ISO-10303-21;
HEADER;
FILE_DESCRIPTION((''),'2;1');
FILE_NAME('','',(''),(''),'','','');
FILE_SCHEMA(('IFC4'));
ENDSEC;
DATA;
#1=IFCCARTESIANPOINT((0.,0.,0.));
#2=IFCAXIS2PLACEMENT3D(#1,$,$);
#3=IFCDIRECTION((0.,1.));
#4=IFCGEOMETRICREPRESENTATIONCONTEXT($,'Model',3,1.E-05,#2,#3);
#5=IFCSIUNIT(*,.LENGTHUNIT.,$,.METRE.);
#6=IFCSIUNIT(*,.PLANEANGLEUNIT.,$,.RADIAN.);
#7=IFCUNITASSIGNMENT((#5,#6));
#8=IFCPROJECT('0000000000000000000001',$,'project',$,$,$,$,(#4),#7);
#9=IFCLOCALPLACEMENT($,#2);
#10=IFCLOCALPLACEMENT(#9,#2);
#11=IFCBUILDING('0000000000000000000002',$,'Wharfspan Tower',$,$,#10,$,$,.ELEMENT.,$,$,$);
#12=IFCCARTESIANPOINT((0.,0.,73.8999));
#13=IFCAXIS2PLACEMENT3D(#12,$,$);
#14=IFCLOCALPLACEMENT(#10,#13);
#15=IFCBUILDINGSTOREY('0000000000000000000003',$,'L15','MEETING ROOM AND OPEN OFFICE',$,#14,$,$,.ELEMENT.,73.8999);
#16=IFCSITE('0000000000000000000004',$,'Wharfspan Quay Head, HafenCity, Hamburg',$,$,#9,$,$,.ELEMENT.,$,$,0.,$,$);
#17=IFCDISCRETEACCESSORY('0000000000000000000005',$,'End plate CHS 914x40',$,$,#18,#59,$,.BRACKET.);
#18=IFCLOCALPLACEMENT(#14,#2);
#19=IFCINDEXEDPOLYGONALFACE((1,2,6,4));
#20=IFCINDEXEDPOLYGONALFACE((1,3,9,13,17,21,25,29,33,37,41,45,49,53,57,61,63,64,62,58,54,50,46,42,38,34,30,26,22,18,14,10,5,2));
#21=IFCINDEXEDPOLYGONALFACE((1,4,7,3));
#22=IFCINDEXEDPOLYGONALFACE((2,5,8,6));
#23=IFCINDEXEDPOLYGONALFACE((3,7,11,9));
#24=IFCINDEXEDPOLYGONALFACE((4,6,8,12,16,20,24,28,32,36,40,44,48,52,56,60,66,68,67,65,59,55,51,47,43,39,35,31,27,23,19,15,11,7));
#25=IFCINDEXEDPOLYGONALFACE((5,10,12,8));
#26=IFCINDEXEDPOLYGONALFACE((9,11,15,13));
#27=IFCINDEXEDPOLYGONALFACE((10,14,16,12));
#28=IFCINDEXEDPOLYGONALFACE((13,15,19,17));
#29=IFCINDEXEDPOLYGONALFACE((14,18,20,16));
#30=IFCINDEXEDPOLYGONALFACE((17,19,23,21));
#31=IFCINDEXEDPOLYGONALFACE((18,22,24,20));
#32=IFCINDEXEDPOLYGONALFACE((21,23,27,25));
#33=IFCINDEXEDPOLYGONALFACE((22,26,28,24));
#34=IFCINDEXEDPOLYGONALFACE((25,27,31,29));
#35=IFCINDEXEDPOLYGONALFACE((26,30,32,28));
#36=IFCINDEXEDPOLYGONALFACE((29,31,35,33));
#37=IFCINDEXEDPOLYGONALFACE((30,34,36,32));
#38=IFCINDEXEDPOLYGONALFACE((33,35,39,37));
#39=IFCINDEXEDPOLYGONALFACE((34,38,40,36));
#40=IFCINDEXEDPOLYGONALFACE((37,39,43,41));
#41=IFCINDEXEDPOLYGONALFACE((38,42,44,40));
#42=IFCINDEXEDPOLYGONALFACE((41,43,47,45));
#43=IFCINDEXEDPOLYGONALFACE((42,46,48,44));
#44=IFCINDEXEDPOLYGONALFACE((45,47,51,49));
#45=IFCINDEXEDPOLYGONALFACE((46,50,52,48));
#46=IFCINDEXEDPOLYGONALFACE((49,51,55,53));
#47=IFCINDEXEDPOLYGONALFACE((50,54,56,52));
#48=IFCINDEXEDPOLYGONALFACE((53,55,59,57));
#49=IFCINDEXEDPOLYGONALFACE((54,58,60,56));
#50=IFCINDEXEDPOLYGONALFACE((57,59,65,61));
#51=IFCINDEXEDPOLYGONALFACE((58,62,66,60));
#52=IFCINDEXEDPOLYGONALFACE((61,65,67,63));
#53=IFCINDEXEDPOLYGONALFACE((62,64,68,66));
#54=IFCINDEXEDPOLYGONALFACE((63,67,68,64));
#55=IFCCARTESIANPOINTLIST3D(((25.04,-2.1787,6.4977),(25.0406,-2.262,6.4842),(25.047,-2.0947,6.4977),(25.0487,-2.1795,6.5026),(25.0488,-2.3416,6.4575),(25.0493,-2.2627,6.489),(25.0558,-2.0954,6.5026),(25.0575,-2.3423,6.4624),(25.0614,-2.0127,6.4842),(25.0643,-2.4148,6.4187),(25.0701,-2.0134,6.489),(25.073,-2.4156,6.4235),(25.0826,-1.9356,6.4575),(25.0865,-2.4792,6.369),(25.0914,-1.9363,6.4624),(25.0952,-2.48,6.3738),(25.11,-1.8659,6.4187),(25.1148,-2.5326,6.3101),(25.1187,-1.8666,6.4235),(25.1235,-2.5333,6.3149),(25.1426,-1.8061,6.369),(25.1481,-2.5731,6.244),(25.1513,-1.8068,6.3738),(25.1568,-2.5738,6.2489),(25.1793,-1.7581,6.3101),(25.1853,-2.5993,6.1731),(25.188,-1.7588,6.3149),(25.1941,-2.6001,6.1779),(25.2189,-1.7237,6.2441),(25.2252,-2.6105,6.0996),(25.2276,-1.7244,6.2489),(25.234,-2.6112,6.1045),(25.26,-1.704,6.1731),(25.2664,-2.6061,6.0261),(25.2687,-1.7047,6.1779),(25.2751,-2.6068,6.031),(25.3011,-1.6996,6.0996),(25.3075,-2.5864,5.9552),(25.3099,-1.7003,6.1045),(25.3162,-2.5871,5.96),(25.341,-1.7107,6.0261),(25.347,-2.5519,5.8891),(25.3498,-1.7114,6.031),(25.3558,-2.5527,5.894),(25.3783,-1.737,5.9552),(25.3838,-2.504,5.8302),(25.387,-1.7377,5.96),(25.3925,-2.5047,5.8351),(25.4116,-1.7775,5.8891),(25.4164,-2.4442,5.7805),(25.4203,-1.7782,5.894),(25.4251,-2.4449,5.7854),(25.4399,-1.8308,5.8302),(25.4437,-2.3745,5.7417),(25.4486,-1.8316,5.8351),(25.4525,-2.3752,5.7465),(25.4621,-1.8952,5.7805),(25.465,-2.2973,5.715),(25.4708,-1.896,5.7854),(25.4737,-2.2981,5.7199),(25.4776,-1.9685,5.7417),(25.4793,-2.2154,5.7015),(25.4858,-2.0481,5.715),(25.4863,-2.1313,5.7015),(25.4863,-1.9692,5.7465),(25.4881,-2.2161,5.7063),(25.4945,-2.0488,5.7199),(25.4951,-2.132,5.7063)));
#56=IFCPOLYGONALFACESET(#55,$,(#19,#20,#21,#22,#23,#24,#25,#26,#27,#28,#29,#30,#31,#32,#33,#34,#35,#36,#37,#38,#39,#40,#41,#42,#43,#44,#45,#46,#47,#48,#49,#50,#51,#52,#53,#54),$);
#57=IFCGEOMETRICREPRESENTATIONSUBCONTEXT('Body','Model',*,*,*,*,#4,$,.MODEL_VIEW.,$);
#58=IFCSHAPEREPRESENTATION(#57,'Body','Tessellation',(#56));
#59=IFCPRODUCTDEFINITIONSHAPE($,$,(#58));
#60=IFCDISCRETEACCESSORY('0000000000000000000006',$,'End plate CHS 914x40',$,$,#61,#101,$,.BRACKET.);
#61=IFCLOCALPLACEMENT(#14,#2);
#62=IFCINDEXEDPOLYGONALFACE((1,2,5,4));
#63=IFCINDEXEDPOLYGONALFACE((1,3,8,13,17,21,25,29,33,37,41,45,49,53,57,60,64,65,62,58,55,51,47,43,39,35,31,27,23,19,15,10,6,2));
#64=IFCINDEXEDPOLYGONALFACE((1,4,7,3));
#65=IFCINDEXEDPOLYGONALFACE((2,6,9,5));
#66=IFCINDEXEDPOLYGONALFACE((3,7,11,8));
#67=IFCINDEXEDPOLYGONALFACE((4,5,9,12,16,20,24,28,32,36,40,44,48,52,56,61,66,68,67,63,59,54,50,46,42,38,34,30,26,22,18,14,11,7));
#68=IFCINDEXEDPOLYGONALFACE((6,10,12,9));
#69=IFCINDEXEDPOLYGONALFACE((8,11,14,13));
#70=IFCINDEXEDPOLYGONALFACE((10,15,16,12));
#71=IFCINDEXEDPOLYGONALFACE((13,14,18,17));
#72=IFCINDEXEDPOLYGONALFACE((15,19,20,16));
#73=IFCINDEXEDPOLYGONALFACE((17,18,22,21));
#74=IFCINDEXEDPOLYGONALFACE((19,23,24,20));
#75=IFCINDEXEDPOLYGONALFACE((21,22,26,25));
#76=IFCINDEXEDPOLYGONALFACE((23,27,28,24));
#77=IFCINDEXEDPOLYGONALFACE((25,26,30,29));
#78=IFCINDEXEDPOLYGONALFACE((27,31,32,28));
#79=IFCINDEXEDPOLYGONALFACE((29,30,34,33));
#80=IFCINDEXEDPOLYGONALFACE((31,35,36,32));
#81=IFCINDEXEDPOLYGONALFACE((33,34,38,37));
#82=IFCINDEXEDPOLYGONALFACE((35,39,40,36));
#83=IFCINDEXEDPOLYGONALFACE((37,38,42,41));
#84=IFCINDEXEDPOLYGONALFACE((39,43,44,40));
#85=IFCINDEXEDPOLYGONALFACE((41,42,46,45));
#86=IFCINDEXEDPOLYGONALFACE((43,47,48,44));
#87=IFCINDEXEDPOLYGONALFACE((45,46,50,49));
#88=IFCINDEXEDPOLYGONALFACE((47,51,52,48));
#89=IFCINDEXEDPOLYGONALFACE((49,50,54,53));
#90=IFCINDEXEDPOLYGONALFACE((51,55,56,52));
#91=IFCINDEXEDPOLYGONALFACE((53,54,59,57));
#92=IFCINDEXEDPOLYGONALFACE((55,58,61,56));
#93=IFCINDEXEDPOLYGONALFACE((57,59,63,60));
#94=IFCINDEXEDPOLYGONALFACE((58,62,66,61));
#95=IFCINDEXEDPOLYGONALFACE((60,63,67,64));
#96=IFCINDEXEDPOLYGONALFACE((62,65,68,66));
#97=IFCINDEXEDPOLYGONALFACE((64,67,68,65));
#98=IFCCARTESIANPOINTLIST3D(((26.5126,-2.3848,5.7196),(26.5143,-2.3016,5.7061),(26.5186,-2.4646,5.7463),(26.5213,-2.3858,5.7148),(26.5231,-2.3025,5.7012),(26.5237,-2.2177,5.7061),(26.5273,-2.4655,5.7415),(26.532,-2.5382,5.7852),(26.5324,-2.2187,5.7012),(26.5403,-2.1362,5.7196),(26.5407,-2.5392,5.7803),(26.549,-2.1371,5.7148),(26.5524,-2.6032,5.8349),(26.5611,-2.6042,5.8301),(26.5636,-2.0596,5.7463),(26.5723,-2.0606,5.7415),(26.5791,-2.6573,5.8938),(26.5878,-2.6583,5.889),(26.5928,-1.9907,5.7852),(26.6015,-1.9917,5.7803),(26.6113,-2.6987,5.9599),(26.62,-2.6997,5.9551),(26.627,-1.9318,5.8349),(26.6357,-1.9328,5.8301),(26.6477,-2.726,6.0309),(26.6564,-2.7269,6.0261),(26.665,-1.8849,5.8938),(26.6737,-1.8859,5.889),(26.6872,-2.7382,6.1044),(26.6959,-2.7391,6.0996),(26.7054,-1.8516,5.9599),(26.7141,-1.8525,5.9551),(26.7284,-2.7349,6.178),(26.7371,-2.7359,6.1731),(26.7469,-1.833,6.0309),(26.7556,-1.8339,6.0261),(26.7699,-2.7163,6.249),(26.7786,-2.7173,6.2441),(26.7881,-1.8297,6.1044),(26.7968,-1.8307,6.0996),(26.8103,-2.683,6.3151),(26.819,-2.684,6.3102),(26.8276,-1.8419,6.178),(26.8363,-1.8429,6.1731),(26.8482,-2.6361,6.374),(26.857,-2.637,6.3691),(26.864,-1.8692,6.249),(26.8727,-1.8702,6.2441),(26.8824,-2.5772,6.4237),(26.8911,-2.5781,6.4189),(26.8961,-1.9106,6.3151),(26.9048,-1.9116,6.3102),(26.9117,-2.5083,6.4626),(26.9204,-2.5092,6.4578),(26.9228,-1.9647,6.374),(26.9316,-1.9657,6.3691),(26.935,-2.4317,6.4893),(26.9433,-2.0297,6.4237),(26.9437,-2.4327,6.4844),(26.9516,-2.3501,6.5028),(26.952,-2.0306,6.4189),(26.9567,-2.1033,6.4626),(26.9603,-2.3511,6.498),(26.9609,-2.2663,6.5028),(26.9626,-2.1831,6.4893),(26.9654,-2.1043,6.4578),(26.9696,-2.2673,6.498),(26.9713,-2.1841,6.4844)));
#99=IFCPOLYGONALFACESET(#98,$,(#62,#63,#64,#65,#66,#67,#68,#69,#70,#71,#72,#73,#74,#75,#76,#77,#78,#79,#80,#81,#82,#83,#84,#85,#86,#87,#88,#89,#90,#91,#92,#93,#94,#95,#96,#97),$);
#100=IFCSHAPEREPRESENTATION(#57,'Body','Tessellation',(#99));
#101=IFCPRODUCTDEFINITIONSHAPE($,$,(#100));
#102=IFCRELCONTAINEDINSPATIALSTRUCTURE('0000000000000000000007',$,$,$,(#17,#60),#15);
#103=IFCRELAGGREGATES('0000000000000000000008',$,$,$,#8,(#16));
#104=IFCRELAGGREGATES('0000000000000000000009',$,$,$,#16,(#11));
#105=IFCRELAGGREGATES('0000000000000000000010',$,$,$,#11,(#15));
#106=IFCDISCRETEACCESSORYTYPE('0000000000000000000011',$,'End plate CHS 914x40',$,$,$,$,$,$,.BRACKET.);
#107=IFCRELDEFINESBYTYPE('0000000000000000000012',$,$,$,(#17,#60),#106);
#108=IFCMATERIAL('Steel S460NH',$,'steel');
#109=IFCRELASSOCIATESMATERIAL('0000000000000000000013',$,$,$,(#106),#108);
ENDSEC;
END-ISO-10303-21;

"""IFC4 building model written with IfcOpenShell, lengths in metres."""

from ifc_helpers import new_model, si_unit, direction, frame, origin, origin_2d, place, context, subcontext, project, spatial, circle, extrude, material, material_profile, profile_set, type_object, element, save


model = new_model("IFC4")

# Units and contexts
model_context = context("Model", 3, precision=1e-05, world=origin(), true_north=direction((0.0, 1.0)))
body_context = subcontext(model_context, "Body", "Model", "MODEL_VIEW")
ifc_project = project(units=[si_unit("LENGTHUNIT", "METRE"), si_unit("PLANEANGLEUNIT", "RADIAN")], contexts=[model_context])

# Site, building, storey
site_placement = place(None, origin())
site = spatial("IfcSite", under=ifc_project, at=site_placement, Name="Wharfspan Quay Head, HafenCity, Hamburg", CompositionType="ELEMENT", RefElevation=0.0)
building_placement = place(site_placement, origin())
building = spatial("IfcBuilding", under=site, at=building_placement, Name="Wharfspan Tower", CompositionType="ELEMENT")
storey_placement = place(building_placement, frame((0.0, 0.0, 73.8999)))
storey = spatial("IfcBuildingStorey", under=building, at=storey_placement, Name="L15", Description="MEETING ROOM AND OPEN OFFICE", CompositionType="ELEMENT", Elevation=73.8999)

# Shared definitions
ifc_material_1 = material(Name="Steel S460NH", Category="steel")

# Discrete accessories
ifc_material_profile_1 = material_profile(ifc_material_1, circle(Radius=0.457, at=origin_2d()))
ifc_profile_set_1 = profile_set([ifc_material_profile_1], Name="Steel S460NH")
discrete_accessory_type = type_object("IfcDiscreteAccessoryType", Name="End plate CHS 914x40", PredefinedType="BRACKET", material=ifc_profile_set_1)
for number, where, z_axis, x_axis, name in (
    (1, (25.2632, -2.155, 6.0996), (0.871847, -0.072654, 0.484359), (0.083044, 0.996547, 0.000003), "End plate CHS 914x40"),
    (2, (26.7463, -2.2849, 6.0996), (-0.870063, 0.096674, 0.483368), (-0.110432, -0.993885, 0.0), "End plate CHS 914x40"),
):
    element("IfcDiscreteAccessory", number, at=place(storey_placement, frame(where, z_axis=z_axis, x_axis=x_axis)), inside=storey, type_object=discrete_accessory_type, Name=name, PredefinedType="BRACKET", context=body_context, shape_type="SweptSolid", body=[
        extrude(circle(Radius=0.457, at=origin_2d()), origin(), (0.0, 0.0, 1.0), 0.01),
    ])

save(model, "model.ifc")
